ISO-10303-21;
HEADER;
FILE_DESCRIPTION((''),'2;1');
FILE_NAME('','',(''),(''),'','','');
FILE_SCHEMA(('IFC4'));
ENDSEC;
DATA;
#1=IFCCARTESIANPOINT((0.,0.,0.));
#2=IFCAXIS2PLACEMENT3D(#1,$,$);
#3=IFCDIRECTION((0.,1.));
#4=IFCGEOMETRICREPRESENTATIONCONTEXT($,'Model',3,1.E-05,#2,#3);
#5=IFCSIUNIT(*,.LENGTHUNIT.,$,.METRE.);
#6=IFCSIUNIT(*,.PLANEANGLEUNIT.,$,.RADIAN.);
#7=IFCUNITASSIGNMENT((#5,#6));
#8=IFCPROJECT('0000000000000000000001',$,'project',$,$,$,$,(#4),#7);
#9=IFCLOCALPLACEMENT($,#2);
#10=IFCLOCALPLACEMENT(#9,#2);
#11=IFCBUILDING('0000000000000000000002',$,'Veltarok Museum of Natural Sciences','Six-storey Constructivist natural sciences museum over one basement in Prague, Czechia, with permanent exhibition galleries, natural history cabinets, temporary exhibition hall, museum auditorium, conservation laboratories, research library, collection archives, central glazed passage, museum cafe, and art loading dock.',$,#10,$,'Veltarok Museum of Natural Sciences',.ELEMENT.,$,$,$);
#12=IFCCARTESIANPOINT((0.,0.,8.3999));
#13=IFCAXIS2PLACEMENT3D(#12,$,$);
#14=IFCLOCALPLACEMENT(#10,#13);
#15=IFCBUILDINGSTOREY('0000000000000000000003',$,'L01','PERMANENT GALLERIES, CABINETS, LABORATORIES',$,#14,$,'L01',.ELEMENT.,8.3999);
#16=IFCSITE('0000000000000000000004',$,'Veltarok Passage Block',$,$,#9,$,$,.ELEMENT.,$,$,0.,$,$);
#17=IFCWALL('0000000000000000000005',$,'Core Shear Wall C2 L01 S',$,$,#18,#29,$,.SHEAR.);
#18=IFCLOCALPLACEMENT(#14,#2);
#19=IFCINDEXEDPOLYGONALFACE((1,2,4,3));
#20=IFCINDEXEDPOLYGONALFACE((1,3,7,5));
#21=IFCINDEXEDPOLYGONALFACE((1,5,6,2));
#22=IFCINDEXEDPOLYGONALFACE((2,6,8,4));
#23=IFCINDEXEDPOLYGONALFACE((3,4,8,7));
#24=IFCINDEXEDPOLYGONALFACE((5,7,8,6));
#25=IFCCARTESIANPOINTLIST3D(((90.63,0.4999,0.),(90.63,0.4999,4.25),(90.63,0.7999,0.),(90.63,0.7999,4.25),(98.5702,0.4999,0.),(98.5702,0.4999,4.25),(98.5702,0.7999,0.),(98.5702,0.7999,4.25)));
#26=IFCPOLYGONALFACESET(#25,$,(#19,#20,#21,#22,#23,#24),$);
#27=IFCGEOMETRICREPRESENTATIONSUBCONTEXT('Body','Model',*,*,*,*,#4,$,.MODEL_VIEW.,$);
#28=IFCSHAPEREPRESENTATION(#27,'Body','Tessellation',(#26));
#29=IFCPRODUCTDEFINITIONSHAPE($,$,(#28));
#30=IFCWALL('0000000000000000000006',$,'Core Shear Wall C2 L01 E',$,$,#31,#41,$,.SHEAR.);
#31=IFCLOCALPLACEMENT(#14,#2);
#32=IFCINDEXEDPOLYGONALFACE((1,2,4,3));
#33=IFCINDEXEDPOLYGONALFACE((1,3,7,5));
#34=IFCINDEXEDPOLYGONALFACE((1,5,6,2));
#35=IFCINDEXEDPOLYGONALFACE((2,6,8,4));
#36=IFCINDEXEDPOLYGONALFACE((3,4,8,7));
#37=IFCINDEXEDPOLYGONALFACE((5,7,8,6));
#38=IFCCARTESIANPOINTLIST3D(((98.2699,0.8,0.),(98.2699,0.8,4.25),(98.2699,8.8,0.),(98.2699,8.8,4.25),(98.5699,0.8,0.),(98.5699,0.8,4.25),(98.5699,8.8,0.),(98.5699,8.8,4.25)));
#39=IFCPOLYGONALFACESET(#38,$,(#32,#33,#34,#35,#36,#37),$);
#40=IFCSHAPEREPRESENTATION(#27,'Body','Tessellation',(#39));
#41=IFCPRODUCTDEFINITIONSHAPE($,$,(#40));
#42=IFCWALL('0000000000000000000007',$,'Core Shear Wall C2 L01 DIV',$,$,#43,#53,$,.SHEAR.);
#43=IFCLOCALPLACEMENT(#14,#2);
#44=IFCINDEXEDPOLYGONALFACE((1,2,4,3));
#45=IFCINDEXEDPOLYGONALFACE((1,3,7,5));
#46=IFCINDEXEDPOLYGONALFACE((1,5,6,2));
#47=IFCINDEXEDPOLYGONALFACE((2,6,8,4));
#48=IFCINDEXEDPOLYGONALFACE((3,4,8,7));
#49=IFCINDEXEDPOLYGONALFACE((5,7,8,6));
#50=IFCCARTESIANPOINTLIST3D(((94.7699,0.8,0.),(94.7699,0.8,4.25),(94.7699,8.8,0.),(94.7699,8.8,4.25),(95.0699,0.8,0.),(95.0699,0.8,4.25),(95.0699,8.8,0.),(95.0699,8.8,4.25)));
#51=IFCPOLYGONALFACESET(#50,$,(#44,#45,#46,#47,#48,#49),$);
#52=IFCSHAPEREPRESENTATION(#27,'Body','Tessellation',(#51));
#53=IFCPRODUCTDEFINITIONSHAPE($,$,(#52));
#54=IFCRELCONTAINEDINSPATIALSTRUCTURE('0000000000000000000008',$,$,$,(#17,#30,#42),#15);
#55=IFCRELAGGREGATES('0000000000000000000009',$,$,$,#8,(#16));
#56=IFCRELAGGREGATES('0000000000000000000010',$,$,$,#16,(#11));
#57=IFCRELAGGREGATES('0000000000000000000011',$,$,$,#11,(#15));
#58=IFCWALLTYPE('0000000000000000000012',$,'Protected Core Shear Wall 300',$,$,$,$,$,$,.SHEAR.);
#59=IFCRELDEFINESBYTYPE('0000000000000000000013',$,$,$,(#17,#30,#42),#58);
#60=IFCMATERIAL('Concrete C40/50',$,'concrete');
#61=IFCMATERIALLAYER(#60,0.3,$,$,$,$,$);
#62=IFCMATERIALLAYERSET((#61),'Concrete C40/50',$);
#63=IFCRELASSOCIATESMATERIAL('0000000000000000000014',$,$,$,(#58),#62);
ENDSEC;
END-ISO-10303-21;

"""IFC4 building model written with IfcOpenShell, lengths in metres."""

from ifc_helpers import new_model, si_unit, direction, frame, frame_2d, origin, place, context, subcontext, project, spatial, rectangle, extrude, material, layer, layer_set, type_object, element, save


model = new_model("IFC4")

# Units and contexts
model_context = context("Model", 3, precision=1e-05, world=origin(), true_north=direction((0.0, 1.0)))
body_context = subcontext(model_context, "Body", "Model", "MODEL_VIEW")
ifc_project = project(units=[si_unit("LENGTHUNIT", "METRE"), si_unit("PLANEANGLEUNIT", "RADIAN")], contexts=[model_context])

# Site, building, storey
site_placement = place(None, origin())
site = spatial("IfcSite", under=ifc_project, at=site_placement, Name="Veltarok Passage Block", CompositionType="ELEMENT", RefElevation=0.0)
building_placement = place(site_placement, origin())
building = spatial("IfcBuilding", under=site, at=building_placement, Name="Veltarok Museum of Natural Sciences", Description="Six-storey Constructivist natural sciences museum over one basement in Prague, Czechia, with permanent exhibition galleries, natural history cabinets, temporary exhibition hall, museum auditorium, conservation laboratories, research library, collection archives, central glazed passage, museum cafe, and art loading dock.", LongName="Veltarok Museum of Natural Sciences", CompositionType="ELEMENT")
storey_placement = place(building_placement, frame((0.0, 0.0, 8.3999)))
storey = spatial("IfcBuildingStorey", under=building, at=storey_placement, Name="L01", Description="PERMANENT GALLERIES, CABINETS, LABORATORIES", LongName="L01", CompositionType="ELEMENT", Elevation=8.3999)

# Shared definitions
ifc_material_1 = material(Name="Concrete C40/50", Category="concrete")

# Walls
ifc_layer_1 = layer(ifc_material_1, 0.3)
ifc_layer_set_1 = layer_set([ifc_layer_1], Name="Concrete C40/50")
wall_type_1 = type_object("IfcWallType", Name="Protected Core Shear Wall 300", PredefinedType="SHEAR", material=ifc_layer_set_1)
wall_1_placement = place(storey_placement, frame((90.6299, 0.6499, 0.0), z_axis=(0.0, 0.0, 1.0), x_axis=(1.0, 0.0, 0.0)))
element("IfcWall", 1, at=wall_1_placement, inside=storey, type_object=wall_type_1, Name="Core Shear Wall C2 L01 S", PredefinedType="SHEAR", context=body_context, shape_type="SweptSolid", body=[
    extrude(rectangle(XDim=7.9402, YDim=0.3, at=frame_2d((3.9702, 0.0))), origin(), (0.0, 0.0, 1.0), 4.25),
])
for number, where, z_axis, x_axis, name in (
    (2, (98.4199, 0.8, 0.0), (0.0, 0.0, 1.0), (0.0, 1.0, 0.0), "Core Shear Wall C2 L01 E"),
    (3, (94.9199, 0.8, 0.0), (0.0, 0.0, 1.0), (0.0, 1.0, 0.0), "Core Shear Wall C2 L01 DIV"),
):
    element("IfcWall", number, at=place(storey_placement, frame(where, z_axis=z_axis, x_axis=x_axis)), inside=storey, type_object=wall_type_1, Name=name, PredefinedType="SHEAR", context=body_context, shape_type="SweptSolid", body=[
        extrude(rectangle(XDim=8.0, YDim=0.3, at=frame_2d((4.0, 0.0))), origin(), (0.0, 0.0, 1.0), 4.25),
    ])

save(model, "model.ifc")
